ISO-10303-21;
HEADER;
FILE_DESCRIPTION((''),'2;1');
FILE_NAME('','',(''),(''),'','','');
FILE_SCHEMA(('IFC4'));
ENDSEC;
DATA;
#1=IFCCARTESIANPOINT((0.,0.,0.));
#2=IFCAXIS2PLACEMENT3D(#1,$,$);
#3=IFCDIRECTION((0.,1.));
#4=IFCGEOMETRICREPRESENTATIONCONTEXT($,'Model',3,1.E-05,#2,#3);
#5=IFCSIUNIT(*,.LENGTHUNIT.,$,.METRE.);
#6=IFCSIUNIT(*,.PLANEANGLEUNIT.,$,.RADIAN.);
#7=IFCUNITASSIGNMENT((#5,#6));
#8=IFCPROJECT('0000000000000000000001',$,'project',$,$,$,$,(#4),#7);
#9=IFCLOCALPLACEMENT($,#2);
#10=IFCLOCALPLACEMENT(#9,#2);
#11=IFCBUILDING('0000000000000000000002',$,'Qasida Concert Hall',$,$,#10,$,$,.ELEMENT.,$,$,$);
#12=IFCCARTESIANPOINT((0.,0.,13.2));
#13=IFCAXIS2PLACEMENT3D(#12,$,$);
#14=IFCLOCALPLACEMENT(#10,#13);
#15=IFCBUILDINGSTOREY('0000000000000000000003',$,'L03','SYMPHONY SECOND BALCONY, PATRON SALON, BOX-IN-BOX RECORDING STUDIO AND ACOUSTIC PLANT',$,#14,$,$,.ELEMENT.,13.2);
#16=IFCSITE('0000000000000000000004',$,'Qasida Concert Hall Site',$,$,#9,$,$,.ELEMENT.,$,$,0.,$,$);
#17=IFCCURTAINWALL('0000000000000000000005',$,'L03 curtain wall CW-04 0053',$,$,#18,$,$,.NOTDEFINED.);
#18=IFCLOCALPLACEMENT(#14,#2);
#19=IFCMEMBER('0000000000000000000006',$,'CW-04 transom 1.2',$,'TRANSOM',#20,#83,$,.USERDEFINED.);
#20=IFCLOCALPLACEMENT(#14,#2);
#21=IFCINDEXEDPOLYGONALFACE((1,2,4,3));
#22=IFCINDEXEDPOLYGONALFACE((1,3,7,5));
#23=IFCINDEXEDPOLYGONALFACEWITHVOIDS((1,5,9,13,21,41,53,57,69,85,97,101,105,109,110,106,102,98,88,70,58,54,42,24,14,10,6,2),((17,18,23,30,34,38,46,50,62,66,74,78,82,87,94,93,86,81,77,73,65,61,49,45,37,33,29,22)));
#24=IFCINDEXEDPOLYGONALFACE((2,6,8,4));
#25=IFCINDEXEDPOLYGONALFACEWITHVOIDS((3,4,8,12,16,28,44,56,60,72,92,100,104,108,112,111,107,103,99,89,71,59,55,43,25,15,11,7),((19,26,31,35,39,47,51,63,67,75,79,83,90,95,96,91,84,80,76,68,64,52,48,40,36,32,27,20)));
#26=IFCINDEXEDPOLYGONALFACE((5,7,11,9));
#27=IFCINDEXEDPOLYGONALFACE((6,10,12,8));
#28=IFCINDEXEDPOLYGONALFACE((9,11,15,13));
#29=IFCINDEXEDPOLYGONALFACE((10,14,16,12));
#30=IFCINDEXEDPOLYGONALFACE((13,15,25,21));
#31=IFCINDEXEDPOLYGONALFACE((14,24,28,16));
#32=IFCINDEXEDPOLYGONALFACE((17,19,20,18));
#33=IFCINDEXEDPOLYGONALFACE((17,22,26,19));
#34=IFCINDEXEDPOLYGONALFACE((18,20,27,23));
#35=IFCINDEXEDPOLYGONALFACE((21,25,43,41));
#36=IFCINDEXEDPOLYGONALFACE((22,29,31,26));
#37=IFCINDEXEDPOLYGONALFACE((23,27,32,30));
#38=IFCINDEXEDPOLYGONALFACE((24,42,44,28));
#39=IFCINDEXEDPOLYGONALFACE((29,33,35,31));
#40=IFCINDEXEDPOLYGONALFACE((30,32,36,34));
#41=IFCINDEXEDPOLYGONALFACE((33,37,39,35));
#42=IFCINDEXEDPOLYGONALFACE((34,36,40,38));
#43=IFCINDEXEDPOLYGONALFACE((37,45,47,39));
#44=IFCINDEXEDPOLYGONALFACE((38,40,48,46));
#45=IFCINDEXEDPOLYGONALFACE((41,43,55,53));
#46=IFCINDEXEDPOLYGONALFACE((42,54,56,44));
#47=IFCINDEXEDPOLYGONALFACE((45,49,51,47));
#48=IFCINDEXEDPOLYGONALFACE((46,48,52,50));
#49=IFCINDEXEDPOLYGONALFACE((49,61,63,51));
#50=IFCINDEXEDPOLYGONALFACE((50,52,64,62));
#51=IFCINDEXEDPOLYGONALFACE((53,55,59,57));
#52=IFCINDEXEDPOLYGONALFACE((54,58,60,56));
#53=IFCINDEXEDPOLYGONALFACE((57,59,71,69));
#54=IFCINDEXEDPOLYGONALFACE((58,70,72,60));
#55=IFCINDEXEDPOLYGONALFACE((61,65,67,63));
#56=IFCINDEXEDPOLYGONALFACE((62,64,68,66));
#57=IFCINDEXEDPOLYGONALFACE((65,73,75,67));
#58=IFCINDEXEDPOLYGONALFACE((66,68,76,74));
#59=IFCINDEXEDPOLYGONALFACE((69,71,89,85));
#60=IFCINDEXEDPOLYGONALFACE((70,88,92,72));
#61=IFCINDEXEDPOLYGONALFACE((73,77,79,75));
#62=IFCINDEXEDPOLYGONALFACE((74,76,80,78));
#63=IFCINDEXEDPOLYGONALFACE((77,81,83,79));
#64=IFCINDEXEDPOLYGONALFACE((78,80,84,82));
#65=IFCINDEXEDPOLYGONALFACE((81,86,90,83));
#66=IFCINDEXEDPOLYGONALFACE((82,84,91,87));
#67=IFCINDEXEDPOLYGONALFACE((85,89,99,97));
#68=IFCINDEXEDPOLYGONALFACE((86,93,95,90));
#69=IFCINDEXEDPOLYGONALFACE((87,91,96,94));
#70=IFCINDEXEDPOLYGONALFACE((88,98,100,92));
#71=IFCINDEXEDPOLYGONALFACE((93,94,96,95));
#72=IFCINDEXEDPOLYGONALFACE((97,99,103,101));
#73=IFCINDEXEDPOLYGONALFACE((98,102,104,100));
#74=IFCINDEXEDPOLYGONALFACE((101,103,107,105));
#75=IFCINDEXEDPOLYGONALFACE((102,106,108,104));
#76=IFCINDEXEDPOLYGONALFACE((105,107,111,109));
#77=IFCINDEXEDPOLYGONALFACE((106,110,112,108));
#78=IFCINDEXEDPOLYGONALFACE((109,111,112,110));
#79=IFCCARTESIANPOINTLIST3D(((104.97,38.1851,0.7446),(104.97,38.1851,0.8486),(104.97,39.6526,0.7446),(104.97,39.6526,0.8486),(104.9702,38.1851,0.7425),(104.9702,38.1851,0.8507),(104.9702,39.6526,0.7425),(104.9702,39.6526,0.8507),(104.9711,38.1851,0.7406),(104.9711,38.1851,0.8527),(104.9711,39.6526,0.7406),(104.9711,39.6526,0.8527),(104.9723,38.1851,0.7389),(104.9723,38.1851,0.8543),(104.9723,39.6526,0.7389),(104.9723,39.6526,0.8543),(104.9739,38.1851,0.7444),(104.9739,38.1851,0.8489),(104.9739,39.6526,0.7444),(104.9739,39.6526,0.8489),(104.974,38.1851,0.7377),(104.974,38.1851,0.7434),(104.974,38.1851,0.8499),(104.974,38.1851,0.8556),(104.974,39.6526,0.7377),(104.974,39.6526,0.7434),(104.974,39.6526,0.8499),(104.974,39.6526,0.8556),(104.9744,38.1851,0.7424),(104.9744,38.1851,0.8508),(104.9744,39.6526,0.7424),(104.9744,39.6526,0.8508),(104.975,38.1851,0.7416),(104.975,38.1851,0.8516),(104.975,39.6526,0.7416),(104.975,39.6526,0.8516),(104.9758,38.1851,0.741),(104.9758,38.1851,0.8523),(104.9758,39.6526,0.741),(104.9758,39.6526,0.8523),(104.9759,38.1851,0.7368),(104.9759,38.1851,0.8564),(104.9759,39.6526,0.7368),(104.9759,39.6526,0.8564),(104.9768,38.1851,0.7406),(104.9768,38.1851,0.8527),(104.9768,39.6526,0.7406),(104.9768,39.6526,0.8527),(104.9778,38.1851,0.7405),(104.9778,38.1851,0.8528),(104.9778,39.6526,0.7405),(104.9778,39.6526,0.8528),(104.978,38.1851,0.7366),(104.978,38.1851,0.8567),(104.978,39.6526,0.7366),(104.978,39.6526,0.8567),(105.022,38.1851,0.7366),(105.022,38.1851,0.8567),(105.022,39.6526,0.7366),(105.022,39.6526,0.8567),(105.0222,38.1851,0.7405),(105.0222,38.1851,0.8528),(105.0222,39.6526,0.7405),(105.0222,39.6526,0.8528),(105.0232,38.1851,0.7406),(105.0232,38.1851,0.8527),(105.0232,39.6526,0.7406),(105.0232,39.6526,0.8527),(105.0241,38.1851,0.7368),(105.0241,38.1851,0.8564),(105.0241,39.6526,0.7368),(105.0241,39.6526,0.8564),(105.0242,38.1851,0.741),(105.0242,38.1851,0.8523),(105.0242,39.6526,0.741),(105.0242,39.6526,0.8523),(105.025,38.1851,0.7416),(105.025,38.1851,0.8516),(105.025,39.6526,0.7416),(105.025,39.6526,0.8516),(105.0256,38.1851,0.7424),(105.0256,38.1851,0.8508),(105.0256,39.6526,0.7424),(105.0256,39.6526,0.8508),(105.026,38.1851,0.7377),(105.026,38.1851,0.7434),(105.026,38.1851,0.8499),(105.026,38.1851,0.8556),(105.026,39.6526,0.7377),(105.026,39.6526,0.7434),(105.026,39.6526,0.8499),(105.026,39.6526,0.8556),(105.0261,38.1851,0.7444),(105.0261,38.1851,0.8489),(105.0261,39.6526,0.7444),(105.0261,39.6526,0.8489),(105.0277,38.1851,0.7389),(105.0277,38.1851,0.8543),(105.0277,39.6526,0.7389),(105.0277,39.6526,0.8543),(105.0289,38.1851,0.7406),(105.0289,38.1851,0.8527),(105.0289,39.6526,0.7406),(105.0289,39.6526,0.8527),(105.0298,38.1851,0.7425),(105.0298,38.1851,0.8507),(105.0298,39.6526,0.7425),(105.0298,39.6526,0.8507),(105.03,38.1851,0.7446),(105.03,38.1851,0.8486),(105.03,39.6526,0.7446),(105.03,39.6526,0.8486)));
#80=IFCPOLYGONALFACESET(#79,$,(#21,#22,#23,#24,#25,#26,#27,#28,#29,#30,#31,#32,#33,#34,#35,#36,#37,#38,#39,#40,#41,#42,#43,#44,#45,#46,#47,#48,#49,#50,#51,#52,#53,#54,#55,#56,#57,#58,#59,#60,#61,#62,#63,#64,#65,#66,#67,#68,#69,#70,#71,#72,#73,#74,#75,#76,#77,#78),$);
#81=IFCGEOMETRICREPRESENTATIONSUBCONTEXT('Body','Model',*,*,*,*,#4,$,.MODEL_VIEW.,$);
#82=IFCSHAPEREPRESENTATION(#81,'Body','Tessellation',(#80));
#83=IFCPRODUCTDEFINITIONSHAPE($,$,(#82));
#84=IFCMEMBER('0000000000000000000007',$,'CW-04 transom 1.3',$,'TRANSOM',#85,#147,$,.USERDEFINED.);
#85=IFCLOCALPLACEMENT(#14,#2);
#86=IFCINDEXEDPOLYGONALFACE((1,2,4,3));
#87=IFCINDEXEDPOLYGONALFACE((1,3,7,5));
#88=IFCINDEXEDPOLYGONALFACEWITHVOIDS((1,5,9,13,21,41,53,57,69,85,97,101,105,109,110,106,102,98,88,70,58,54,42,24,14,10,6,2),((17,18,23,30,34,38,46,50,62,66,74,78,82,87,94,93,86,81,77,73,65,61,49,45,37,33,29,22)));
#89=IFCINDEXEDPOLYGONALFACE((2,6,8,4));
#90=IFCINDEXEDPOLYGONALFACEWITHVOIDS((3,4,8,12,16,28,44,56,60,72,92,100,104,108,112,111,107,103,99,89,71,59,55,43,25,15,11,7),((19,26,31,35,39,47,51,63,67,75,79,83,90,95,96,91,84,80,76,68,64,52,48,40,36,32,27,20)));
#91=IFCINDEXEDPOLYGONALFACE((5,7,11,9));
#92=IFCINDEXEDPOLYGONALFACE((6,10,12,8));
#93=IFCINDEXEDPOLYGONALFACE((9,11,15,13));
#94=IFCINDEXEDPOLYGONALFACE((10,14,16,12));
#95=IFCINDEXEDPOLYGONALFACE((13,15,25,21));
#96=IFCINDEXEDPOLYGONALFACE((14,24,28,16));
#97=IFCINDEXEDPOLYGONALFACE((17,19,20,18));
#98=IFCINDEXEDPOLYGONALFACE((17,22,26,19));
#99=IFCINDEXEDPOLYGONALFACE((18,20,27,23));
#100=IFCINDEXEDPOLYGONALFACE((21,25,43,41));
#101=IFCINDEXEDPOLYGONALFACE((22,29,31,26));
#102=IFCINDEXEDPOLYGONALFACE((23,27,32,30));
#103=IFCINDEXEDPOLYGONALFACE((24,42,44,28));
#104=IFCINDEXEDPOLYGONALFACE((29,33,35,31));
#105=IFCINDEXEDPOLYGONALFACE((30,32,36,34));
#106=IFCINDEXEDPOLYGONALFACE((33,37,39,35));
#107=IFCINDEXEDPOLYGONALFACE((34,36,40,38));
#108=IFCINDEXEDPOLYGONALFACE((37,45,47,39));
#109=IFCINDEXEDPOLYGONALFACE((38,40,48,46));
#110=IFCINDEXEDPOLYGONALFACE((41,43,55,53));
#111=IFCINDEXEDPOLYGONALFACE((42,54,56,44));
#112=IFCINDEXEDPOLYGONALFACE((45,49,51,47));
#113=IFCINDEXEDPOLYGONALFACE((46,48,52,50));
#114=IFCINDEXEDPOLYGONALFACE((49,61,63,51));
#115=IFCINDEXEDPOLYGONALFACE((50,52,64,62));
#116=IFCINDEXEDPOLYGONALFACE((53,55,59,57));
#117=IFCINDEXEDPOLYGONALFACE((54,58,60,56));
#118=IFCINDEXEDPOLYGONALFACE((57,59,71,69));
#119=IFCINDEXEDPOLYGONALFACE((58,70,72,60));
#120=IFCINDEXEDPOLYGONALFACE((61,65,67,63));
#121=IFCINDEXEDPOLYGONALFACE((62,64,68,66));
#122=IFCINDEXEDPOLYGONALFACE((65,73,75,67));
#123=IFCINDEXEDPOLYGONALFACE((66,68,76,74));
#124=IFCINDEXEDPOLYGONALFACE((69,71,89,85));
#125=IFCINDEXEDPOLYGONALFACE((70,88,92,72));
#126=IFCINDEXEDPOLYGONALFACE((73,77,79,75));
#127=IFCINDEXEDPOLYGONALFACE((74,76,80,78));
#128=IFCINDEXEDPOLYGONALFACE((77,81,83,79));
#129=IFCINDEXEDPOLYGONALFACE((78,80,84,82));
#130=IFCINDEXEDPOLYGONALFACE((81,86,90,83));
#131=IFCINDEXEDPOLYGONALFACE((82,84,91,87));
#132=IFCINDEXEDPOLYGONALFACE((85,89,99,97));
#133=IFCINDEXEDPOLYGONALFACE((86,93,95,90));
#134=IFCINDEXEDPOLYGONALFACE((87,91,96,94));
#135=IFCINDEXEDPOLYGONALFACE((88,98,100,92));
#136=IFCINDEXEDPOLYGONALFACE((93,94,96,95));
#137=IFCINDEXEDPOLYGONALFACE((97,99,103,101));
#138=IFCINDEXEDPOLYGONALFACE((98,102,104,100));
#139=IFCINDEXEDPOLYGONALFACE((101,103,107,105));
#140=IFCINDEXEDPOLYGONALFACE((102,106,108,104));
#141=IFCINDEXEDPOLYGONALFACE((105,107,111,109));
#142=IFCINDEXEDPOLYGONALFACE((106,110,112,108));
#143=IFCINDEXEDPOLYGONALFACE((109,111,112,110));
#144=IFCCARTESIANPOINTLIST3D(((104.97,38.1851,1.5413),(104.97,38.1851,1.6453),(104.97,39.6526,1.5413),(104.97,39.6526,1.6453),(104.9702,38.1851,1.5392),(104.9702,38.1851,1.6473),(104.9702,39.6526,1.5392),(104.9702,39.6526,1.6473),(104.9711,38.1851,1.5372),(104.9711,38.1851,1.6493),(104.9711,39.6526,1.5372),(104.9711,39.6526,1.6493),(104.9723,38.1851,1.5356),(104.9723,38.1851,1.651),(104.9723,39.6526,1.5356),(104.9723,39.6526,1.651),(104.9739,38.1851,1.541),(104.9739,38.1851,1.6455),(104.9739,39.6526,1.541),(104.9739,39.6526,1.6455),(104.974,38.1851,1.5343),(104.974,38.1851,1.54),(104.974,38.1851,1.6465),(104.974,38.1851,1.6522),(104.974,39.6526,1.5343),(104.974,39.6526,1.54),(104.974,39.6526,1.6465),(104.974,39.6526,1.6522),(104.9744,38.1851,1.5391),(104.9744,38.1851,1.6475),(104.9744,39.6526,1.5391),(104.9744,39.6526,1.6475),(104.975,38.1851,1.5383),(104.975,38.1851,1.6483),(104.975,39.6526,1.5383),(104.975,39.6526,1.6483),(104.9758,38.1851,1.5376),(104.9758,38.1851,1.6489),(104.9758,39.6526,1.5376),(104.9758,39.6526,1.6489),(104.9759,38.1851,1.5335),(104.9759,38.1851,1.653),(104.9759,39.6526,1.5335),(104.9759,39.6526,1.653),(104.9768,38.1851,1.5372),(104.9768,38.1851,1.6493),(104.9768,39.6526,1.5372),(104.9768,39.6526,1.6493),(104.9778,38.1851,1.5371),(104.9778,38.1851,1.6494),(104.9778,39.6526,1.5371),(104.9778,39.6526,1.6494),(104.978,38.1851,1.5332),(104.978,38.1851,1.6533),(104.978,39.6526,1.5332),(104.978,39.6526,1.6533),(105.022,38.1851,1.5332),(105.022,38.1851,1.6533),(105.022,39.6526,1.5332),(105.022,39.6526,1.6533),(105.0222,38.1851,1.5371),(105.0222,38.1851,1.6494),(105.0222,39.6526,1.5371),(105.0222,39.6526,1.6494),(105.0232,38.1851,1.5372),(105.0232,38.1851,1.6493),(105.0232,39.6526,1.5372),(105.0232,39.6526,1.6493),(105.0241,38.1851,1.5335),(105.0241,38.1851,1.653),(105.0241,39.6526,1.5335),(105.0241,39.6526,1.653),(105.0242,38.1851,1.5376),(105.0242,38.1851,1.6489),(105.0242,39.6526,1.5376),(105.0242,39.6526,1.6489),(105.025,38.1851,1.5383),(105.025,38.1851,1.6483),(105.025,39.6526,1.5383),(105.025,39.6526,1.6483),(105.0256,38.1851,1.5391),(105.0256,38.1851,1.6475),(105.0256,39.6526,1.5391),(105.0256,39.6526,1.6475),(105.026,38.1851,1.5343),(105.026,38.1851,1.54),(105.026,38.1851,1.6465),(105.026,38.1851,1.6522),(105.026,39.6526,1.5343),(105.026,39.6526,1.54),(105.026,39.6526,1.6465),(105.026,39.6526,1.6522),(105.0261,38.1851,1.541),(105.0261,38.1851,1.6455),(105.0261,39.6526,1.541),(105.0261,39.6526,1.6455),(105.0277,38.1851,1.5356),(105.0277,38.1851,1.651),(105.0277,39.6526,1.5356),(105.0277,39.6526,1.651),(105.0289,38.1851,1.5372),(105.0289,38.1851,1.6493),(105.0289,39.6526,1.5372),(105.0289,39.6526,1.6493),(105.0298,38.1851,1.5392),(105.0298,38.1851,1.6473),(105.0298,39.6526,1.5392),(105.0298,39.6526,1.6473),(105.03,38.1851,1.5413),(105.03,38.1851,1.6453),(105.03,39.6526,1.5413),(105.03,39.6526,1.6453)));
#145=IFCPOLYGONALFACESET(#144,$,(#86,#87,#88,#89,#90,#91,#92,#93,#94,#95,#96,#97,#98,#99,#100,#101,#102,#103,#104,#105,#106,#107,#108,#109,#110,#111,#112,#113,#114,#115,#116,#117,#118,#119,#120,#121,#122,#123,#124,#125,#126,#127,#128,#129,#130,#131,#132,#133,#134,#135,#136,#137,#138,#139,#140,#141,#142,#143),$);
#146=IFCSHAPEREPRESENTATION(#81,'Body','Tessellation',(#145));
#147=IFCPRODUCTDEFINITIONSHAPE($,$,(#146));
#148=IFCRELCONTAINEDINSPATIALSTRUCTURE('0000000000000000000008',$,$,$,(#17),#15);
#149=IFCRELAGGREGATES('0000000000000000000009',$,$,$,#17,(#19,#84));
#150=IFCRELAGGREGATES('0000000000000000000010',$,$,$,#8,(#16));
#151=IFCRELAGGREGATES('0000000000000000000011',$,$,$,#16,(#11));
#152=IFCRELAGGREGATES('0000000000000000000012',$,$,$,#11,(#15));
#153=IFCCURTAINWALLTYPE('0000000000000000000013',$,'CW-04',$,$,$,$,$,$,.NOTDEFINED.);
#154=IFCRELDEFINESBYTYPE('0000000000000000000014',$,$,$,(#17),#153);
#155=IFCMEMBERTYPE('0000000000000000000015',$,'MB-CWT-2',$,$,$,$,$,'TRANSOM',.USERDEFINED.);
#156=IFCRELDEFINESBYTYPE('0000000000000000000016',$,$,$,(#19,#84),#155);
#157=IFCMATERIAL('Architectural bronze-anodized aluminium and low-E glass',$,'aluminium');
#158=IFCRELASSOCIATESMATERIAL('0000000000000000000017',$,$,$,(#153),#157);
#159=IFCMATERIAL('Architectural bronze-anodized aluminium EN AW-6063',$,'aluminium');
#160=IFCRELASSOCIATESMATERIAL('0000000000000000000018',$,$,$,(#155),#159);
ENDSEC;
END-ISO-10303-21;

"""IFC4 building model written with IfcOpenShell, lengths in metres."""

from ifc_helpers import new_model, si_unit, direction, frame, origin, origin_2d, place, context, subcontext, project, spatial, hollow_rectangle, extrude, material, material_profile, profile_set, type_object, element, aggregate, save


model = new_model("IFC4")

# Units and contexts
model_context = context("Model", 3, precision=1e-05, world=origin(), true_north=direction((0.0, 1.0)))
body_context = subcontext(model_context, "Body", "Model", "MODEL_VIEW")
ifc_project = project(units=[si_unit("LENGTHUNIT", "METRE"), si_unit("PLANEANGLEUNIT", "RADIAN")], contexts=[model_context])

# Site, building, storey
site_placement = place(None, origin())
site = spatial("IfcSite", under=ifc_project, at=site_placement, Name="Qasida Concert Hall Site", CompositionType="ELEMENT", RefElevation=0.0)
building_placement = place(site_placement, origin())
building = spatial("IfcBuilding", under=site, at=building_placement, Name="Qasida Concert Hall", CompositionType="ELEMENT")
storey_placement = place(building_placement, frame((0.0, 0.0, 13.2)))
storey = spatial("IfcBuildingStorey", under=building, at=storey_placement, Name="L03", Description="SYMPHONY SECOND BALCONY, PATRON SALON, BOX-IN-BOX RECORDING STUDIO AND ACOUSTIC PLANT", CompositionType="ELEMENT", Elevation=13.2)

# Curtain wall
ifc_material_1 = material(Name="Architectural bronze-anodized aluminium and low-E glass", Category="aluminium")
curtain_wall_type = type_object("IfcCurtainWallType", Name="CW-04", PredefinedType="NOTDEFINED", material=ifc_material_1)
ifc_material_2 = material(Name="Architectural bronze-anodized aluminium EN AW-6063", Category="aluminium")
curtain_wall_1_placement = place(storey_placement, origin())
curtain_wall_1 = element("IfcCurtainWall", 1, at=curtain_wall_1_placement, inside=storey, type_object=curtain_wall_type, Name="L03 curtain wall CW-04 0053", PredefinedType="NOTDEFINED")

# Members
ifc_material_profile_1 = material_profile(ifc_material_2, hollow_rectangle(XDim=0.0601, YDim=0.1201, WallThickness=0.0039, InnerFilletRadius=0.0039, OuterFilletRadius=0.0081, at=origin_2d()), Name="CWT 120x60x4")
ifc_profile_set_1 = profile_set([ifc_material_profile_1], Name="Architectural bronze-anodized aluminium EN AW-6063")
member_type_1 = type_object("IfcMemberType", Name="MB-CWT-2", ElementType="TRANSOM", PredefinedType="USERDEFINED", material=ifc_profile_set_1)
member_1_placement = place(storey_placement, frame((105.0, 38.1851, 0.7966), z_axis=(0.0, 1.0, 0.0), x_axis=(-1.0, 0.0, 0.0)))
member_1 = element("IfcMember", 2, at=member_1_placement, type_object=member_type_1, Name="CW-04 transom 1.2", ObjectType="TRANSOM", PredefinedType="USERDEFINED", context=body_context, shape_type="SweptSolid", body=[
    extrude(hollow_rectangle(XDim=0.0601, YDim=0.1201, WallThickness=0.0039, InnerFilletRadius=0.0039, OuterFilletRadius=0.0081, at=origin_2d()), origin(), (0.0, 0.0, 1.0), 1.4675),
])
member_2_placement = place(storey_placement, frame((105.0, 38.1851, 1.5933), z_axis=(0.0, 1.0, 0.0), x_axis=(-1.0, 0.0, 0.0)))
member_2 = element("IfcMember", 3, at=member_2_placement, type_object=member_type_1, Name="CW-04 transom 1.3", ObjectType="TRANSOM", PredefinedType="USERDEFINED", context=body_context, shape_type="SweptSolid", body=[
    extrude(hollow_rectangle(XDim=0.0601, YDim=0.1201, WallThickness=0.0039, InnerFilletRadius=0.0039, OuterFilletRadius=0.0081, at=origin_2d()), origin(), (0.0, 0.0, 1.0), 1.4675),
])

aggregate(curtain_wall_1, [member_1, member_2])

save(model, "model.ifc")
